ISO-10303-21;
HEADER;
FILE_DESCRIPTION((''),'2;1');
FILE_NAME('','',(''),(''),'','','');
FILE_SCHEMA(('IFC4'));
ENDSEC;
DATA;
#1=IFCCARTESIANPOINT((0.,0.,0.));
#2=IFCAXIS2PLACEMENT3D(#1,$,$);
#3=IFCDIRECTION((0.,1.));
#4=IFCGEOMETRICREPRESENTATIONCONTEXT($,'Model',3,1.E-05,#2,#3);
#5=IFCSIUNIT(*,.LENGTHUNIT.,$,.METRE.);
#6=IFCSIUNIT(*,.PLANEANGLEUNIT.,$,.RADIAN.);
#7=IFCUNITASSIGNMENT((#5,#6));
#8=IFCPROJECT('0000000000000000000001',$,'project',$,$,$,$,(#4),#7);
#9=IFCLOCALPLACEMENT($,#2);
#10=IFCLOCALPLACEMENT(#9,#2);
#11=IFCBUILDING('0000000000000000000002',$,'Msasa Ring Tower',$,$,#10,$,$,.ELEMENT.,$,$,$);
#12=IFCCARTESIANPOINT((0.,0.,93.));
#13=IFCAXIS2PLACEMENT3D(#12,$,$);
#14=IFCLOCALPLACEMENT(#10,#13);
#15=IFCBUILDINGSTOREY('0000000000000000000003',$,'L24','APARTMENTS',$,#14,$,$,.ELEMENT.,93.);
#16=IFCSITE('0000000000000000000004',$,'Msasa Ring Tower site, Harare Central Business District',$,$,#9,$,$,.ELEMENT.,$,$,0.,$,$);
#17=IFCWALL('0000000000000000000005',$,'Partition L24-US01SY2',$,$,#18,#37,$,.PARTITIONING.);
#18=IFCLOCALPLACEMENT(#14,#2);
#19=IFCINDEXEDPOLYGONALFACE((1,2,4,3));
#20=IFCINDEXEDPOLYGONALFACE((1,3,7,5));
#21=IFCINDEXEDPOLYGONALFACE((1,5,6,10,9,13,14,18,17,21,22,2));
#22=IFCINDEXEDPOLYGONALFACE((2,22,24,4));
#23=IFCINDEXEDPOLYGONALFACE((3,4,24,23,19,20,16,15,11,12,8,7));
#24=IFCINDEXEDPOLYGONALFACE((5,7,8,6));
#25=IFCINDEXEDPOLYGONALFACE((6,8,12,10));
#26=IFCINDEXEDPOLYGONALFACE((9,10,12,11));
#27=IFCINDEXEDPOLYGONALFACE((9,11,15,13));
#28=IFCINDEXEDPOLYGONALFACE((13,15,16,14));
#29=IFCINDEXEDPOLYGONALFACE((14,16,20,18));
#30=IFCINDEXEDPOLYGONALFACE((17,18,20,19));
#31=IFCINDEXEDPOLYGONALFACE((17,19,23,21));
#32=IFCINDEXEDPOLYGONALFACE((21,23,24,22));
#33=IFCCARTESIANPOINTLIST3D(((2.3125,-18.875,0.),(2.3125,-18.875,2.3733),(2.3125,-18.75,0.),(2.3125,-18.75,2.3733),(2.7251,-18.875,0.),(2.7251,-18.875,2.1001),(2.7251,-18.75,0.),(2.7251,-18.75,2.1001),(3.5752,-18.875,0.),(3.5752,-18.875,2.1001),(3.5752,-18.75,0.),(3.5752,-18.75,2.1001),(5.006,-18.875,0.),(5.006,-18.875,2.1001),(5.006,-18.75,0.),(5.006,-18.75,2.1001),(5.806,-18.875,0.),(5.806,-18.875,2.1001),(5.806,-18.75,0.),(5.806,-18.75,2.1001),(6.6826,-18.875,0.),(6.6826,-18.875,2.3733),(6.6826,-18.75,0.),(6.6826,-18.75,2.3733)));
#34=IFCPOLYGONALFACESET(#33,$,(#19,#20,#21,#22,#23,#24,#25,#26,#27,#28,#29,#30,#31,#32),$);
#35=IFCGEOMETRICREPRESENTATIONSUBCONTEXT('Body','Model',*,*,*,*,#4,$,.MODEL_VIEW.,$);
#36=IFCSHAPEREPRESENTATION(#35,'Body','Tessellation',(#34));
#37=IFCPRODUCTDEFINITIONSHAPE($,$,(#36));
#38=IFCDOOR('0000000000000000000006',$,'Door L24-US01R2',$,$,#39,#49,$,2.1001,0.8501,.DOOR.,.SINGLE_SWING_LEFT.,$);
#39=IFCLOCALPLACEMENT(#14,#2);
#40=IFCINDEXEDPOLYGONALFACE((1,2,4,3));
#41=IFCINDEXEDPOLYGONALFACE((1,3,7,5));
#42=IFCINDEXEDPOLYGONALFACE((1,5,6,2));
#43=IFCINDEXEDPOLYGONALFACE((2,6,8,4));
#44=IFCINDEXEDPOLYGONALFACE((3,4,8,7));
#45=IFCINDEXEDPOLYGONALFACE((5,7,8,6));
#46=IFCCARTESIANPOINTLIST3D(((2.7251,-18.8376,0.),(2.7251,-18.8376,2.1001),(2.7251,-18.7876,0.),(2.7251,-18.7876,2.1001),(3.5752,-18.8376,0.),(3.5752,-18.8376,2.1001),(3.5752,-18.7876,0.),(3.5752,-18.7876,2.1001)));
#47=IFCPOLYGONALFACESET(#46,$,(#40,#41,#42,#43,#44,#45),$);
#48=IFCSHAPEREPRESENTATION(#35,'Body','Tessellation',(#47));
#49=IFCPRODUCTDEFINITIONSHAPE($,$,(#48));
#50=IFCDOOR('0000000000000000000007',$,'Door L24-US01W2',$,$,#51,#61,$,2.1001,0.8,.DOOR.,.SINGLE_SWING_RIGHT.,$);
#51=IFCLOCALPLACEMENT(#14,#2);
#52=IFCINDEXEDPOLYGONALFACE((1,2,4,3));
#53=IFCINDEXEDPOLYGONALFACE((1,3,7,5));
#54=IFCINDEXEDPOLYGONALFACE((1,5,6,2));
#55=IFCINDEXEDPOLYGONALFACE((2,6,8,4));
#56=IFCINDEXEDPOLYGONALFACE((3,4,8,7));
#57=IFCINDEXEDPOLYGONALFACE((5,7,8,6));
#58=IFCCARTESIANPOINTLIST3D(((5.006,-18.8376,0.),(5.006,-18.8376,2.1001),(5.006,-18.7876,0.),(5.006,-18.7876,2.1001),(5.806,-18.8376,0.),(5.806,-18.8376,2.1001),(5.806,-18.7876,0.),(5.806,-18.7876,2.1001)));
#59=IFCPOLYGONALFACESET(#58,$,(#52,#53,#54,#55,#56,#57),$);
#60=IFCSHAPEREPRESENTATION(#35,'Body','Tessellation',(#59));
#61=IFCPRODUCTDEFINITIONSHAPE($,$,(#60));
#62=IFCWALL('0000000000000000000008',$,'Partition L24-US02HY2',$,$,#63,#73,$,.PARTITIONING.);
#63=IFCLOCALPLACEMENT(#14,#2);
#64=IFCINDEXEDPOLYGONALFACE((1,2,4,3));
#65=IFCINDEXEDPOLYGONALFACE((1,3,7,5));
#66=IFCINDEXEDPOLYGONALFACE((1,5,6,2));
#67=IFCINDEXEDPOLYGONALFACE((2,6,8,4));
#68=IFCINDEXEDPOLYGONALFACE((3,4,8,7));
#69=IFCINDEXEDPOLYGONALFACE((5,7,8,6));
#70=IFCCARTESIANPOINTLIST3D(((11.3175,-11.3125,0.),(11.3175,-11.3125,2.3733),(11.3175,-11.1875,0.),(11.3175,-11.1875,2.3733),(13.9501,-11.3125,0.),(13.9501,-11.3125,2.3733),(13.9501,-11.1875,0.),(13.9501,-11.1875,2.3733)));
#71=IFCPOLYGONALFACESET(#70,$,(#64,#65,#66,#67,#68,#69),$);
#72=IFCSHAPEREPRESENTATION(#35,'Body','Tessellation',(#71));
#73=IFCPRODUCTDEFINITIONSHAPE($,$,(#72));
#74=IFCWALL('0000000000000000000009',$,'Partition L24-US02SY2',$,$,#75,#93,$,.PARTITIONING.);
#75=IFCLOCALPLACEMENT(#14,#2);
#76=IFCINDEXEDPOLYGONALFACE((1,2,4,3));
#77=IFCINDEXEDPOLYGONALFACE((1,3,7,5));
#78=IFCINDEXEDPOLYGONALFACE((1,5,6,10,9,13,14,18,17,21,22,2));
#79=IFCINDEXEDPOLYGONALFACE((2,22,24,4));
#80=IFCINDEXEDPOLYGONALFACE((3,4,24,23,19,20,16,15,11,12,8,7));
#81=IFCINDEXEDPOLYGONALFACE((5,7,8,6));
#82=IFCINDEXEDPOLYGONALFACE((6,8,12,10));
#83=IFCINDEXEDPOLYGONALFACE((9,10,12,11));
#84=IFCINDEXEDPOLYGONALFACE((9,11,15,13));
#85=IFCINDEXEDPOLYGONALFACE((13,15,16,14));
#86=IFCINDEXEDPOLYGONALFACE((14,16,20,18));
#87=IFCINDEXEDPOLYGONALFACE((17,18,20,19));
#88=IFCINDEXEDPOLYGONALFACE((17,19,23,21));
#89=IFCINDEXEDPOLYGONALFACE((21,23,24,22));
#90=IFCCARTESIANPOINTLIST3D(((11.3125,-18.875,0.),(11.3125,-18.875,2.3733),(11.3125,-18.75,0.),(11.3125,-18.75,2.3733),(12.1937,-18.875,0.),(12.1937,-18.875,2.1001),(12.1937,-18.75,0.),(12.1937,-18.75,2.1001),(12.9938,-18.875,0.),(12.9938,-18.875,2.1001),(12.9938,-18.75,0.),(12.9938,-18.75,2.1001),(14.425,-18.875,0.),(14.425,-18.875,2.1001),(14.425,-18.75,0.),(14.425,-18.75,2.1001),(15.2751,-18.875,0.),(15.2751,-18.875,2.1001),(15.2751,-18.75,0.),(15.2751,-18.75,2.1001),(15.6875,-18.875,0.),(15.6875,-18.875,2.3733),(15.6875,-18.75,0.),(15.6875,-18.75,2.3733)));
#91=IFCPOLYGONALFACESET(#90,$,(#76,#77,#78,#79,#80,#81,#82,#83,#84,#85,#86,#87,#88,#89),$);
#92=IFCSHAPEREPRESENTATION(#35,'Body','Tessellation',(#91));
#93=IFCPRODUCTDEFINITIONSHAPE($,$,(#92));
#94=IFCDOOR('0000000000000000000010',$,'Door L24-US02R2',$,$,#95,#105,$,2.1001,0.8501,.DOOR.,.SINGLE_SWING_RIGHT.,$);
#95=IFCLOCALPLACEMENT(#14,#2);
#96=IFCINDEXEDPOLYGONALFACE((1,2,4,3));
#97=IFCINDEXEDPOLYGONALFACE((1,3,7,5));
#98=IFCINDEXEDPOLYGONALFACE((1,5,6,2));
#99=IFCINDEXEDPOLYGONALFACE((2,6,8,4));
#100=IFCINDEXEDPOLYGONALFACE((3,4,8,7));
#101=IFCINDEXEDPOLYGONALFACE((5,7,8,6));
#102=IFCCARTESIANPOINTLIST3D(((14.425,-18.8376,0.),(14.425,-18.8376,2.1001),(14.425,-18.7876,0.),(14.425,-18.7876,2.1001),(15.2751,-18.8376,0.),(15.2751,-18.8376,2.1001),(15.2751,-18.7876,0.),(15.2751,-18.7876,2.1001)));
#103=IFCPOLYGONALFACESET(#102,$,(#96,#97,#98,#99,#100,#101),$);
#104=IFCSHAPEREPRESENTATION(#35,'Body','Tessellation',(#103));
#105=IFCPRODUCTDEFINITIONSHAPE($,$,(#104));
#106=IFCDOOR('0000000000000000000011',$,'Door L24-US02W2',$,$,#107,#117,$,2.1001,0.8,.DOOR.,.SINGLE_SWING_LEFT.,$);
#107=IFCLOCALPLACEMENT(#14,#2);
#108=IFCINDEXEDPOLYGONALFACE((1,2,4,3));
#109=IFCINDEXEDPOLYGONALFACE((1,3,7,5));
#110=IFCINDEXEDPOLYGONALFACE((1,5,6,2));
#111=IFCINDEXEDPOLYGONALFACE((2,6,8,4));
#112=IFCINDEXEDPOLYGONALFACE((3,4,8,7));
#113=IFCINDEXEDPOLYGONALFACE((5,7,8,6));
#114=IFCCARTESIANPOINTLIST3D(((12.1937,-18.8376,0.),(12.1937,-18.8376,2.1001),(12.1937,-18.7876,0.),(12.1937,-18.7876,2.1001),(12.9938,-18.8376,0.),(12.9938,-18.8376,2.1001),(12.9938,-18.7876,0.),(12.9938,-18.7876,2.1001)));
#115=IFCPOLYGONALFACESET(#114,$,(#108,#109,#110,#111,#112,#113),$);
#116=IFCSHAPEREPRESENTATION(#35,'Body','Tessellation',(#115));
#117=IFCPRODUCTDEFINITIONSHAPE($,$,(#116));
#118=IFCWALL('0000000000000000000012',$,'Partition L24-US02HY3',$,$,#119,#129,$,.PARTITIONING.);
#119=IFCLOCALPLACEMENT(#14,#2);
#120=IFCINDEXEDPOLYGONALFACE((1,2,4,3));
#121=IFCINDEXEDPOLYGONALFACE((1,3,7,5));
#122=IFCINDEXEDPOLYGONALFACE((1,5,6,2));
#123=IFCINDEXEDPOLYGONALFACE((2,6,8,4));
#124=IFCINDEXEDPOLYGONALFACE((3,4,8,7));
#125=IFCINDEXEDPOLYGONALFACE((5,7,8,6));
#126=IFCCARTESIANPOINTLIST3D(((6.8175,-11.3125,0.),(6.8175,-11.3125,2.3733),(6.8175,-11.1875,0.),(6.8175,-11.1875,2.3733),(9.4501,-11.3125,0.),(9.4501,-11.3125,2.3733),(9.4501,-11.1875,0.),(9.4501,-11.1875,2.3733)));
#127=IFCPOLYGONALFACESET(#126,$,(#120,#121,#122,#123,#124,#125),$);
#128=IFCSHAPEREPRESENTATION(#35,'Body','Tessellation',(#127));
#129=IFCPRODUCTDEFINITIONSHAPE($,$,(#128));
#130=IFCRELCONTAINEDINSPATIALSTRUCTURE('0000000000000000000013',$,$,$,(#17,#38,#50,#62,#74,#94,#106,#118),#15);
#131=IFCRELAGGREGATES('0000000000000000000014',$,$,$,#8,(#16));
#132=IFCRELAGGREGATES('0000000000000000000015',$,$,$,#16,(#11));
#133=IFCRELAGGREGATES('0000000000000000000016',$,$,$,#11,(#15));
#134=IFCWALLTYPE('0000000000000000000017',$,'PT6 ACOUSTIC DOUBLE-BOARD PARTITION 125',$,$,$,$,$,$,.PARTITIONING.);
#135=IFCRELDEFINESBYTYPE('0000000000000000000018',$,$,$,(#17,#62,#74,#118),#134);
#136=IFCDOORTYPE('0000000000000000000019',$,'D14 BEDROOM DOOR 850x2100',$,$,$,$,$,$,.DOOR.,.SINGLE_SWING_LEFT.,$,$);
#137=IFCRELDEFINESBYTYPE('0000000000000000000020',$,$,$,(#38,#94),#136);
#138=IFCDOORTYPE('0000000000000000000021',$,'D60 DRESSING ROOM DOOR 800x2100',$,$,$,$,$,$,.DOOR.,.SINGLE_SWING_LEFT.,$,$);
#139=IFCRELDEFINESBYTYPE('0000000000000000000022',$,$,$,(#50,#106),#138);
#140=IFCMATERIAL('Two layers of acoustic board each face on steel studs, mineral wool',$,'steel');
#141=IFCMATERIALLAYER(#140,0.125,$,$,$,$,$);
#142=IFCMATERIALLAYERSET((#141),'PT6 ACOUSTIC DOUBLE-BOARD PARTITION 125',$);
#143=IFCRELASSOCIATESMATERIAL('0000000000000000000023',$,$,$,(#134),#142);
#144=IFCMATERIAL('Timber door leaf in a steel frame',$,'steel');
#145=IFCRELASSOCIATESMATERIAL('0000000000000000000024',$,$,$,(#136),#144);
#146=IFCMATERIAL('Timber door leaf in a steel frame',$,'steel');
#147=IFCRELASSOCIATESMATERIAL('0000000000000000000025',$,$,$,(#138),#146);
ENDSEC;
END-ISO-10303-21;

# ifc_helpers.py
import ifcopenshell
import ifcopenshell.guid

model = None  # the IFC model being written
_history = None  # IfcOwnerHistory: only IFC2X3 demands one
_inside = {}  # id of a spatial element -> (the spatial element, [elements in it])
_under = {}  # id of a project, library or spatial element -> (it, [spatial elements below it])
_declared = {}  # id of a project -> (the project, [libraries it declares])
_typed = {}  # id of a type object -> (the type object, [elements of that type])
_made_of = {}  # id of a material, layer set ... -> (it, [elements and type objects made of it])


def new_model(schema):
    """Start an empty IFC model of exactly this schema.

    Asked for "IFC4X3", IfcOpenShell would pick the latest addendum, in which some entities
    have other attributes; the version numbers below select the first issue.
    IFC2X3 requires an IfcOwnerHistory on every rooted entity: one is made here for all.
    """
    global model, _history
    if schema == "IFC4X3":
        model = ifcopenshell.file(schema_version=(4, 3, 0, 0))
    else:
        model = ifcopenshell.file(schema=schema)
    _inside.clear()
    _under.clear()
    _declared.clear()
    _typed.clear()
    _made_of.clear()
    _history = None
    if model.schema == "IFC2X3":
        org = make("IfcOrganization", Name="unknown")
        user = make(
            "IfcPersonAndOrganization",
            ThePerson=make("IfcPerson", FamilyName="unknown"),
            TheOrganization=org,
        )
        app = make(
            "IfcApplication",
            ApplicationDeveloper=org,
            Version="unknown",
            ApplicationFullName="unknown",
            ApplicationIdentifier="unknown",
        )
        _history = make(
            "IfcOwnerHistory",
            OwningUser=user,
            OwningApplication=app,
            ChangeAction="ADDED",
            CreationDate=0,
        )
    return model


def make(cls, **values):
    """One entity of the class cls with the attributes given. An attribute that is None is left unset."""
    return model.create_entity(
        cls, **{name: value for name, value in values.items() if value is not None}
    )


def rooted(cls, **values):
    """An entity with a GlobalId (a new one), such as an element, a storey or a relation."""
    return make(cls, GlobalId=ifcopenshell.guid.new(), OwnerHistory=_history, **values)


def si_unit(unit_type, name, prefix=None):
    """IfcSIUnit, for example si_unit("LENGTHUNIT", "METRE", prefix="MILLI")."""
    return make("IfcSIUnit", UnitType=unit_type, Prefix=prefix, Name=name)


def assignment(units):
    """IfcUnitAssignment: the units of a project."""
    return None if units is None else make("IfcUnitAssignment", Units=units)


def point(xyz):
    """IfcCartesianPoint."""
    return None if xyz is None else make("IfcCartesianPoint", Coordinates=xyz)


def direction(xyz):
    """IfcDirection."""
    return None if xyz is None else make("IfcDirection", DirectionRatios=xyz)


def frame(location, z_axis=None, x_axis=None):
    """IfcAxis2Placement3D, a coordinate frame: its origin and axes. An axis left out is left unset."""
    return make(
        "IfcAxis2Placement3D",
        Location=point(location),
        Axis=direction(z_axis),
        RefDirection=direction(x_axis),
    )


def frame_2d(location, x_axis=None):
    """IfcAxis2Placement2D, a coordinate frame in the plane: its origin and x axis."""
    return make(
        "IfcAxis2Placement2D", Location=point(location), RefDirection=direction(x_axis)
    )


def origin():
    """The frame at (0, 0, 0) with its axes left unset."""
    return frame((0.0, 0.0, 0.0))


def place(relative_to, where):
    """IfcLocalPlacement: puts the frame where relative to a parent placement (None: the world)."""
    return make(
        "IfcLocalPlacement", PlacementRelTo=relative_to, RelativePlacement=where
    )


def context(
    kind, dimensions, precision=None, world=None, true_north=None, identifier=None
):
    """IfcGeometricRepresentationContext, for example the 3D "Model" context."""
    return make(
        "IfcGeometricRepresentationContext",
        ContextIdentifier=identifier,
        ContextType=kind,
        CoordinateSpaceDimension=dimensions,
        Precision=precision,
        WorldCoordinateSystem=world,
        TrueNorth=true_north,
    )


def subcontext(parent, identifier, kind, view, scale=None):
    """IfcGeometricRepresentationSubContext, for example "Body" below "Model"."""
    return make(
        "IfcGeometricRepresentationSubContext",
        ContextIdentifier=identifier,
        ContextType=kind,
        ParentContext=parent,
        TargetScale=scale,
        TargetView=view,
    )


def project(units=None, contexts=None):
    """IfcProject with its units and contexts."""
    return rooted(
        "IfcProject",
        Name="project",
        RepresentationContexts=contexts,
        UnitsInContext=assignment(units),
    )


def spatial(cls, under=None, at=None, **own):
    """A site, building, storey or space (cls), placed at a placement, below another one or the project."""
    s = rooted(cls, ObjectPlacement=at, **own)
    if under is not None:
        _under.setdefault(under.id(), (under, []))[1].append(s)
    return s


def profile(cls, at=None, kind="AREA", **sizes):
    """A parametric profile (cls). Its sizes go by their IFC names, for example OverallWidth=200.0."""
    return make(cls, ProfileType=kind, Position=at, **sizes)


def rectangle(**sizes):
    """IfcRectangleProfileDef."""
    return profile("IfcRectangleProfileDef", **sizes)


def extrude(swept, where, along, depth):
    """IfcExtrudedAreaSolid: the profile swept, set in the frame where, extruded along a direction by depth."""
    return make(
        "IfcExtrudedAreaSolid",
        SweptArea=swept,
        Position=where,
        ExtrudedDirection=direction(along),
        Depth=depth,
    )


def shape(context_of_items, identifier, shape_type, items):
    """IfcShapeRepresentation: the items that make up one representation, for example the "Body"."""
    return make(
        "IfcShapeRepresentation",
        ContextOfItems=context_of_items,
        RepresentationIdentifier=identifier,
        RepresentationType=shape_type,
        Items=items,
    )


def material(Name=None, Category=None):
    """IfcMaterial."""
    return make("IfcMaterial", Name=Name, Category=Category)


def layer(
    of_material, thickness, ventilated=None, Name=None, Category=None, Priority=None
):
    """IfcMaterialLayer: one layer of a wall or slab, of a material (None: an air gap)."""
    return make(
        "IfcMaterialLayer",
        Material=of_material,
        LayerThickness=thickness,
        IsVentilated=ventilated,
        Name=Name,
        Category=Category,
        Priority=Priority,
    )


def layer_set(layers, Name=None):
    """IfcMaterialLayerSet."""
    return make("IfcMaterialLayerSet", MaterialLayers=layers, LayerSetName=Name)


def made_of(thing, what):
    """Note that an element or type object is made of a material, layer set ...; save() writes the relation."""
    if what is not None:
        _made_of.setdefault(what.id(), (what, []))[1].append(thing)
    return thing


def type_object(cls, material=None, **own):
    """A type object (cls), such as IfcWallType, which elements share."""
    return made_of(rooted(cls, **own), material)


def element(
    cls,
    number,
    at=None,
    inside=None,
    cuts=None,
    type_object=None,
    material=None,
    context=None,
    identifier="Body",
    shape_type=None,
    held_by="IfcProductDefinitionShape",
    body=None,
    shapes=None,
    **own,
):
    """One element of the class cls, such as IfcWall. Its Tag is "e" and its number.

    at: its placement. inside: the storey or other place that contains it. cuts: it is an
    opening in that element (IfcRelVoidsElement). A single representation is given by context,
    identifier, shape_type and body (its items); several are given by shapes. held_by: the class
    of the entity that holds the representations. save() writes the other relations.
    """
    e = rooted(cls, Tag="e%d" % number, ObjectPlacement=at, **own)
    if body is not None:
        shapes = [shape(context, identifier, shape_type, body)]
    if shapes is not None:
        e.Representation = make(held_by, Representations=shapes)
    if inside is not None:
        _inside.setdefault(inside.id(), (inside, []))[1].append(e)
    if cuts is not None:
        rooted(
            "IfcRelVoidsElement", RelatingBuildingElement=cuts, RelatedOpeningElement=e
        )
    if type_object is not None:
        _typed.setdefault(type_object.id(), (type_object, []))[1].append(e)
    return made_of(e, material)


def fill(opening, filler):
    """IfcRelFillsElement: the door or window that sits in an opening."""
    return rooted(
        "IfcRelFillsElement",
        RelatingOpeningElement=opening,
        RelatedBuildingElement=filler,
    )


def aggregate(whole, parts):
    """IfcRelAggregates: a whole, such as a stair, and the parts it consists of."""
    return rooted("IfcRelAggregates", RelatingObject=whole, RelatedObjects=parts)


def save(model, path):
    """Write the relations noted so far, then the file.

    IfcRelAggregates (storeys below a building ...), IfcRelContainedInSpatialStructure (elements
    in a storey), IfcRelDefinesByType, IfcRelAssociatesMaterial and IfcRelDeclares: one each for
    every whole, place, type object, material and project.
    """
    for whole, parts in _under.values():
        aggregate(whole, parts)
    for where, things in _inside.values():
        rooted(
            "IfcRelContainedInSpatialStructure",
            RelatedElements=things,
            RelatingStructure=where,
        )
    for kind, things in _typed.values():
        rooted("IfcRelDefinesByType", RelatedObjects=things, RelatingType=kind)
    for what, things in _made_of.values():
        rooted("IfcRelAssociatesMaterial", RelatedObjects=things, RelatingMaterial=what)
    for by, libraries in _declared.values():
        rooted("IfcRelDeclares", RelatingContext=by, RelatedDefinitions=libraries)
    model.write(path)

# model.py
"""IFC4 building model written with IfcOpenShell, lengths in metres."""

from ifc_helpers import new_model, si_unit, direction, frame, frame_2d, origin, place, context, subcontext, project, spatial, rectangle, extrude, material, layer, layer_set, type_object, element, fill, save


model = new_model("IFC4")

# Units and contexts
model_context = context("Model", 3, precision=1e-05, world=origin(), true_north=direction((0.0, 1.0)))
body_context = subcontext(model_context, "Body", "Model", "MODEL_VIEW")
ifc_project = project(units=[si_unit("LENGTHUNIT", "METRE"), si_unit("PLANEANGLEUNIT", "RADIAN")], contexts=[model_context])

# Site, building, storey
site_placement = place(None, origin())
site = spatial("IfcSite", under=ifc_project, at=site_placement, Name="Msasa Ring Tower site, Harare Central Business District", CompositionType="ELEMENT", RefElevation=0.0)
building_placement = place(site_placement, origin())
building = spatial("IfcBuilding", under=site, at=building_placement, Name="Msasa Ring Tower", CompositionType="ELEMENT")
storey_placement = place(building_placement, frame((0.0, 0.0, 93.0)))
storey = spatial("IfcBuildingStorey", under=building, at=storey_placement, Name="L24", Description="APARTMENTS", CompositionType="ELEMENT", Elevation=93.0)

# Shared definitions
ifc_material_1 = material(Name="Two layers of acoustic board each face on steel studs, mineral wool", Category="steel")
ifc_layer_1 = layer(ifc_material_1, 0.125)
ifc_layer_set_1 = layer_set([ifc_layer_1], Name="PT6 ACOUSTIC DOUBLE-BOARD PARTITION 125")
wall_type_1 = type_object("IfcWallType", Name="PT6 ACOUSTIC DOUBLE-BOARD PARTITION 125", PredefinedType="PARTITIONING", material=ifc_layer_set_1)

# Wall, openings, doors
wall_1_placement = place(storey_placement, frame((2.3125, -18.8125, 0.0), z_axis=(0.0, 0.0, 1.0), x_axis=(1.0, 0.0, 0.0)))
wall_1 = element("IfcWall", 1, at=wall_1_placement, inside=storey, type_object=wall_type_1, Name="Partition L24-US01SY2", PredefinedType="PARTITIONING", context=body_context, shape_type="SweptSolid", body=[
    extrude(rectangle(XDim=4.3701, YDim=0.125, at=frame_2d((2.1851, 0.0))), origin(), (0.0, 0.0, 1.0), 2.3733),
])
opening_1_placement = place(wall_1_placement, frame((0.4126, 0.0, 0.0)))
opening_1 = element("IfcOpeningElement", 2, at=opening_1_placement, cuts=wall_1, PredefinedType="OPENING", context=body_context, shape_type="SweptSolid", body=[
    extrude(rectangle(XDim=0.8501, YDim=2.1001, at=frame_2d((0.425, 1.05))), frame((0.0, 0.0725, 0.0), z_axis=(0.0, -1.0, 0.0), x_axis=(1.0, 0.0, 0.0)), (0.0, 0.0, 1.0), 0.145),
])
opening_2_placement = place(wall_1_placement, frame((2.6936, 0.0, 0.0)))
opening_2 = element("IfcOpeningElement", 3, at=opening_2_placement, cuts=wall_1, PredefinedType="OPENING", context=body_context, shape_type="SweptSolid", body=[
    extrude(rectangle(XDim=0.8, YDim=2.1001, at=frame_2d((0.3999, 1.05))), frame((0.0, 0.0725, 0.0), z_axis=(0.0, -1.0, 0.0), x_axis=(1.0, 0.0, 0.0)), (0.0, 0.0, 1.0), 0.145),
])
ifc_material_2 = material(Name="Timber door leaf in a steel frame", Category="steel")
door_type_1 = type_object("IfcDoorType", Name="D14 BEDROOM DOOR 850x2100", OperationType="SINGLE_SWING_LEFT", PredefinedType="DOOR", material=ifc_material_2)
door_1_placement = place(opening_1_placement, origin())
door_1 = element("IfcDoor", 4, at=door_1_placement, inside=storey, type_object=door_type_1, Name="Door L24-US01R2", OperationType="SINGLE_SWING_LEFT", OverallHeight=2.1001, OverallWidth=0.8501, PredefinedType="DOOR", context=body_context, shape_type="SweptSolid", body=[
    extrude(rectangle(XDim=0.8501, YDim=2.1001, at=frame_2d((0.425, 1.05))), frame((0.0, 0.0249, 0.0), z_axis=(0.0, -1.0, 0.0), x_axis=(1.0, 0.0, 0.0)), (0.0, 0.0, 1.0), 0.05),
])
fill(opening_1, door_1)
ifc_material_3 = material(Name="Timber door leaf in a steel frame", Category="steel")
door_type_2 = type_object("IfcDoorType", Name="D60 DRESSING ROOM DOOR 800x2100", OperationType="SINGLE_SWING_LEFT", PredefinedType="DOOR", material=ifc_material_3)
door_2_placement = place(opening_2_placement, origin())
door_2 = element("IfcDoor", 5, at=door_2_placement, inside=storey, type_object=door_type_2, Name="Door L24-US01W2", OperationType="SINGLE_SWING_RIGHT", OverallHeight=2.1001, OverallWidth=0.8, PredefinedType="DOOR", context=body_context, shape_type="SweptSolid", body=[
    extrude(rectangle(XDim=0.8, YDim=2.1001, at=frame_2d((0.3999, 1.05))), frame((0.0, 0.0249, 0.0), z_axis=(0.0, -1.0, 0.0), x_axis=(1.0, 0.0, 0.0)), (0.0, 0.0, 1.0), 0.05),
])
fill(opening_2, door_2)

# Wall
wall_2_placement = place(storey_placement, frame((11.3174, -11.25, 0.0), z_axis=(0.0, 0.0, 1.0), x_axis=(1.0, 0.0, 0.0)))
element("IfcWall", 6, at=wall_2_placement, inside=storey, type_object=wall_type_1, Name="Partition L24-US02HY2", PredefinedType="PARTITIONING", context=body_context, shape_type="SweptSolid", body=[
    extrude(rectangle(XDim=2.6326, YDim=0.125, at=frame_2d((1.3164, 0.0))), origin(), (0.0, 0.0, 1.0), 2.3733),
])

# Wall, openings, doors
wall_3_placement = place(storey_placement, frame((11.3125, -18.8125, 0.0), z_axis=(0.0, 0.0, 1.0), x_axis=(1.0, 0.0, 0.0)))
wall_3 = element("IfcWall", 7, at=wall_3_placement, inside=storey, type_object=wall_type_1, Name="Partition L24-US02SY2", PredefinedType="PARTITIONING", context=body_context, shape_type="SweptSolid", body=[
    extrude(rectangle(XDim=4.375, YDim=0.125, at=frame_2d((2.1875, 0.0))), origin(), (0.0, 0.0, 1.0), 2.3733),
])
opening_3_placement = place(wall_3_placement, frame((3.1125, 0.0, 0.0)))
opening_3 = element("IfcOpeningElement", 8, at=opening_3_placement, cuts=wall_3, PredefinedType="OPENING", context=body_context, shape_type="SweptSolid", body=[
    extrude(rectangle(XDim=0.8501, YDim=2.1001, at=frame_2d((0.425, 1.05))), frame((0.0, 0.0725, 0.0), z_axis=(0.0, -1.0, 0.0), x_axis=(1.0, 0.0, 0.0)), (0.0, 0.0, 1.0), 0.145),
])
opening_4_placement = place(wall_3_placement, frame((0.8813, 0.0, 0.0)))
opening_4 = element("IfcOpeningElement", 9, at=opening_4_placement, cuts=wall_3, PredefinedType="OPENING", context=body_context, shape_type="SweptSolid", body=[
    extrude(rectangle(XDim=0.8, YDim=2.1001, at=frame_2d((0.3999, 1.05))), frame((0.0, 0.0725, 0.0), z_axis=(0.0, -1.0, 0.0), x_axis=(1.0, 0.0, 0.0)), (0.0, 0.0, 1.0), 0.145),
])
door_3_placement = place(opening_3_placement, origin())
door_3 = element("IfcDoor", 10, at=door_3_placement, inside=storey, type_object=door_type_1, Name="Door L24-US02R2", OperationType="SINGLE_SWING_RIGHT", OverallHeight=2.1001, OverallWidth=0.8501, PredefinedType="DOOR", context=body_context, shape_type="SweptSolid", body=[
    extrude(rectangle(XDim=0.8501, YDim=2.1001, at=frame_2d((0.425, 1.05))), frame((0.0, 0.0249, 0.0), z_axis=(0.0, -1.0, 0.0), x_axis=(1.0, 0.0, 0.0)), (0.0, 0.0, 1.0), 0.05),
])
fill(opening_3, door_3)
door_4_placement = place(opening_4_placement, origin())
door_4 = element("IfcDoor", 11, at=door_4_placement, inside=storey, type_object=door_type_2, Name="Door L24-US02W2", OperationType="SINGLE_SWING_LEFT", OverallHeight=2.1001, OverallWidth=0.8, PredefinedType="DOOR", context=body_context, shape_type="SweptSolid", body=[
    extrude(rectangle(XDim=0.8, YDim=2.1001, at=frame_2d((0.3999, 1.05))), frame((0.0, 0.0249, 0.0), z_axis=(0.0, -1.0, 0.0), x_axis=(1.0, 0.0, 0.0)), (0.0, 0.0, 1.0), 0.05),
])
fill(opening_4, door_4)

# Wall
wall_4_placement = place(storey_placement, frame((6.8174, -11.25, 0.0), z_axis=(0.0, 0.0, 1.0), x_axis=(1.0, 0.0, 0.0)))
element("IfcWall", 12, at=wall_4_placement, inside=storey, type_object=wall_type_1, Name="Partition L24-US02HY3", PredefinedType="PARTITIONING", context=body_context, shape_type="SweptSolid", body=[
    extrude(rectangle(XDim=2.6326, YDim=0.125, at=frame_2d((1.3164, 0.0))), origin(), (0.0, 0.0, 1.0), 2.3733),
])

save(model, "model.ifc")
